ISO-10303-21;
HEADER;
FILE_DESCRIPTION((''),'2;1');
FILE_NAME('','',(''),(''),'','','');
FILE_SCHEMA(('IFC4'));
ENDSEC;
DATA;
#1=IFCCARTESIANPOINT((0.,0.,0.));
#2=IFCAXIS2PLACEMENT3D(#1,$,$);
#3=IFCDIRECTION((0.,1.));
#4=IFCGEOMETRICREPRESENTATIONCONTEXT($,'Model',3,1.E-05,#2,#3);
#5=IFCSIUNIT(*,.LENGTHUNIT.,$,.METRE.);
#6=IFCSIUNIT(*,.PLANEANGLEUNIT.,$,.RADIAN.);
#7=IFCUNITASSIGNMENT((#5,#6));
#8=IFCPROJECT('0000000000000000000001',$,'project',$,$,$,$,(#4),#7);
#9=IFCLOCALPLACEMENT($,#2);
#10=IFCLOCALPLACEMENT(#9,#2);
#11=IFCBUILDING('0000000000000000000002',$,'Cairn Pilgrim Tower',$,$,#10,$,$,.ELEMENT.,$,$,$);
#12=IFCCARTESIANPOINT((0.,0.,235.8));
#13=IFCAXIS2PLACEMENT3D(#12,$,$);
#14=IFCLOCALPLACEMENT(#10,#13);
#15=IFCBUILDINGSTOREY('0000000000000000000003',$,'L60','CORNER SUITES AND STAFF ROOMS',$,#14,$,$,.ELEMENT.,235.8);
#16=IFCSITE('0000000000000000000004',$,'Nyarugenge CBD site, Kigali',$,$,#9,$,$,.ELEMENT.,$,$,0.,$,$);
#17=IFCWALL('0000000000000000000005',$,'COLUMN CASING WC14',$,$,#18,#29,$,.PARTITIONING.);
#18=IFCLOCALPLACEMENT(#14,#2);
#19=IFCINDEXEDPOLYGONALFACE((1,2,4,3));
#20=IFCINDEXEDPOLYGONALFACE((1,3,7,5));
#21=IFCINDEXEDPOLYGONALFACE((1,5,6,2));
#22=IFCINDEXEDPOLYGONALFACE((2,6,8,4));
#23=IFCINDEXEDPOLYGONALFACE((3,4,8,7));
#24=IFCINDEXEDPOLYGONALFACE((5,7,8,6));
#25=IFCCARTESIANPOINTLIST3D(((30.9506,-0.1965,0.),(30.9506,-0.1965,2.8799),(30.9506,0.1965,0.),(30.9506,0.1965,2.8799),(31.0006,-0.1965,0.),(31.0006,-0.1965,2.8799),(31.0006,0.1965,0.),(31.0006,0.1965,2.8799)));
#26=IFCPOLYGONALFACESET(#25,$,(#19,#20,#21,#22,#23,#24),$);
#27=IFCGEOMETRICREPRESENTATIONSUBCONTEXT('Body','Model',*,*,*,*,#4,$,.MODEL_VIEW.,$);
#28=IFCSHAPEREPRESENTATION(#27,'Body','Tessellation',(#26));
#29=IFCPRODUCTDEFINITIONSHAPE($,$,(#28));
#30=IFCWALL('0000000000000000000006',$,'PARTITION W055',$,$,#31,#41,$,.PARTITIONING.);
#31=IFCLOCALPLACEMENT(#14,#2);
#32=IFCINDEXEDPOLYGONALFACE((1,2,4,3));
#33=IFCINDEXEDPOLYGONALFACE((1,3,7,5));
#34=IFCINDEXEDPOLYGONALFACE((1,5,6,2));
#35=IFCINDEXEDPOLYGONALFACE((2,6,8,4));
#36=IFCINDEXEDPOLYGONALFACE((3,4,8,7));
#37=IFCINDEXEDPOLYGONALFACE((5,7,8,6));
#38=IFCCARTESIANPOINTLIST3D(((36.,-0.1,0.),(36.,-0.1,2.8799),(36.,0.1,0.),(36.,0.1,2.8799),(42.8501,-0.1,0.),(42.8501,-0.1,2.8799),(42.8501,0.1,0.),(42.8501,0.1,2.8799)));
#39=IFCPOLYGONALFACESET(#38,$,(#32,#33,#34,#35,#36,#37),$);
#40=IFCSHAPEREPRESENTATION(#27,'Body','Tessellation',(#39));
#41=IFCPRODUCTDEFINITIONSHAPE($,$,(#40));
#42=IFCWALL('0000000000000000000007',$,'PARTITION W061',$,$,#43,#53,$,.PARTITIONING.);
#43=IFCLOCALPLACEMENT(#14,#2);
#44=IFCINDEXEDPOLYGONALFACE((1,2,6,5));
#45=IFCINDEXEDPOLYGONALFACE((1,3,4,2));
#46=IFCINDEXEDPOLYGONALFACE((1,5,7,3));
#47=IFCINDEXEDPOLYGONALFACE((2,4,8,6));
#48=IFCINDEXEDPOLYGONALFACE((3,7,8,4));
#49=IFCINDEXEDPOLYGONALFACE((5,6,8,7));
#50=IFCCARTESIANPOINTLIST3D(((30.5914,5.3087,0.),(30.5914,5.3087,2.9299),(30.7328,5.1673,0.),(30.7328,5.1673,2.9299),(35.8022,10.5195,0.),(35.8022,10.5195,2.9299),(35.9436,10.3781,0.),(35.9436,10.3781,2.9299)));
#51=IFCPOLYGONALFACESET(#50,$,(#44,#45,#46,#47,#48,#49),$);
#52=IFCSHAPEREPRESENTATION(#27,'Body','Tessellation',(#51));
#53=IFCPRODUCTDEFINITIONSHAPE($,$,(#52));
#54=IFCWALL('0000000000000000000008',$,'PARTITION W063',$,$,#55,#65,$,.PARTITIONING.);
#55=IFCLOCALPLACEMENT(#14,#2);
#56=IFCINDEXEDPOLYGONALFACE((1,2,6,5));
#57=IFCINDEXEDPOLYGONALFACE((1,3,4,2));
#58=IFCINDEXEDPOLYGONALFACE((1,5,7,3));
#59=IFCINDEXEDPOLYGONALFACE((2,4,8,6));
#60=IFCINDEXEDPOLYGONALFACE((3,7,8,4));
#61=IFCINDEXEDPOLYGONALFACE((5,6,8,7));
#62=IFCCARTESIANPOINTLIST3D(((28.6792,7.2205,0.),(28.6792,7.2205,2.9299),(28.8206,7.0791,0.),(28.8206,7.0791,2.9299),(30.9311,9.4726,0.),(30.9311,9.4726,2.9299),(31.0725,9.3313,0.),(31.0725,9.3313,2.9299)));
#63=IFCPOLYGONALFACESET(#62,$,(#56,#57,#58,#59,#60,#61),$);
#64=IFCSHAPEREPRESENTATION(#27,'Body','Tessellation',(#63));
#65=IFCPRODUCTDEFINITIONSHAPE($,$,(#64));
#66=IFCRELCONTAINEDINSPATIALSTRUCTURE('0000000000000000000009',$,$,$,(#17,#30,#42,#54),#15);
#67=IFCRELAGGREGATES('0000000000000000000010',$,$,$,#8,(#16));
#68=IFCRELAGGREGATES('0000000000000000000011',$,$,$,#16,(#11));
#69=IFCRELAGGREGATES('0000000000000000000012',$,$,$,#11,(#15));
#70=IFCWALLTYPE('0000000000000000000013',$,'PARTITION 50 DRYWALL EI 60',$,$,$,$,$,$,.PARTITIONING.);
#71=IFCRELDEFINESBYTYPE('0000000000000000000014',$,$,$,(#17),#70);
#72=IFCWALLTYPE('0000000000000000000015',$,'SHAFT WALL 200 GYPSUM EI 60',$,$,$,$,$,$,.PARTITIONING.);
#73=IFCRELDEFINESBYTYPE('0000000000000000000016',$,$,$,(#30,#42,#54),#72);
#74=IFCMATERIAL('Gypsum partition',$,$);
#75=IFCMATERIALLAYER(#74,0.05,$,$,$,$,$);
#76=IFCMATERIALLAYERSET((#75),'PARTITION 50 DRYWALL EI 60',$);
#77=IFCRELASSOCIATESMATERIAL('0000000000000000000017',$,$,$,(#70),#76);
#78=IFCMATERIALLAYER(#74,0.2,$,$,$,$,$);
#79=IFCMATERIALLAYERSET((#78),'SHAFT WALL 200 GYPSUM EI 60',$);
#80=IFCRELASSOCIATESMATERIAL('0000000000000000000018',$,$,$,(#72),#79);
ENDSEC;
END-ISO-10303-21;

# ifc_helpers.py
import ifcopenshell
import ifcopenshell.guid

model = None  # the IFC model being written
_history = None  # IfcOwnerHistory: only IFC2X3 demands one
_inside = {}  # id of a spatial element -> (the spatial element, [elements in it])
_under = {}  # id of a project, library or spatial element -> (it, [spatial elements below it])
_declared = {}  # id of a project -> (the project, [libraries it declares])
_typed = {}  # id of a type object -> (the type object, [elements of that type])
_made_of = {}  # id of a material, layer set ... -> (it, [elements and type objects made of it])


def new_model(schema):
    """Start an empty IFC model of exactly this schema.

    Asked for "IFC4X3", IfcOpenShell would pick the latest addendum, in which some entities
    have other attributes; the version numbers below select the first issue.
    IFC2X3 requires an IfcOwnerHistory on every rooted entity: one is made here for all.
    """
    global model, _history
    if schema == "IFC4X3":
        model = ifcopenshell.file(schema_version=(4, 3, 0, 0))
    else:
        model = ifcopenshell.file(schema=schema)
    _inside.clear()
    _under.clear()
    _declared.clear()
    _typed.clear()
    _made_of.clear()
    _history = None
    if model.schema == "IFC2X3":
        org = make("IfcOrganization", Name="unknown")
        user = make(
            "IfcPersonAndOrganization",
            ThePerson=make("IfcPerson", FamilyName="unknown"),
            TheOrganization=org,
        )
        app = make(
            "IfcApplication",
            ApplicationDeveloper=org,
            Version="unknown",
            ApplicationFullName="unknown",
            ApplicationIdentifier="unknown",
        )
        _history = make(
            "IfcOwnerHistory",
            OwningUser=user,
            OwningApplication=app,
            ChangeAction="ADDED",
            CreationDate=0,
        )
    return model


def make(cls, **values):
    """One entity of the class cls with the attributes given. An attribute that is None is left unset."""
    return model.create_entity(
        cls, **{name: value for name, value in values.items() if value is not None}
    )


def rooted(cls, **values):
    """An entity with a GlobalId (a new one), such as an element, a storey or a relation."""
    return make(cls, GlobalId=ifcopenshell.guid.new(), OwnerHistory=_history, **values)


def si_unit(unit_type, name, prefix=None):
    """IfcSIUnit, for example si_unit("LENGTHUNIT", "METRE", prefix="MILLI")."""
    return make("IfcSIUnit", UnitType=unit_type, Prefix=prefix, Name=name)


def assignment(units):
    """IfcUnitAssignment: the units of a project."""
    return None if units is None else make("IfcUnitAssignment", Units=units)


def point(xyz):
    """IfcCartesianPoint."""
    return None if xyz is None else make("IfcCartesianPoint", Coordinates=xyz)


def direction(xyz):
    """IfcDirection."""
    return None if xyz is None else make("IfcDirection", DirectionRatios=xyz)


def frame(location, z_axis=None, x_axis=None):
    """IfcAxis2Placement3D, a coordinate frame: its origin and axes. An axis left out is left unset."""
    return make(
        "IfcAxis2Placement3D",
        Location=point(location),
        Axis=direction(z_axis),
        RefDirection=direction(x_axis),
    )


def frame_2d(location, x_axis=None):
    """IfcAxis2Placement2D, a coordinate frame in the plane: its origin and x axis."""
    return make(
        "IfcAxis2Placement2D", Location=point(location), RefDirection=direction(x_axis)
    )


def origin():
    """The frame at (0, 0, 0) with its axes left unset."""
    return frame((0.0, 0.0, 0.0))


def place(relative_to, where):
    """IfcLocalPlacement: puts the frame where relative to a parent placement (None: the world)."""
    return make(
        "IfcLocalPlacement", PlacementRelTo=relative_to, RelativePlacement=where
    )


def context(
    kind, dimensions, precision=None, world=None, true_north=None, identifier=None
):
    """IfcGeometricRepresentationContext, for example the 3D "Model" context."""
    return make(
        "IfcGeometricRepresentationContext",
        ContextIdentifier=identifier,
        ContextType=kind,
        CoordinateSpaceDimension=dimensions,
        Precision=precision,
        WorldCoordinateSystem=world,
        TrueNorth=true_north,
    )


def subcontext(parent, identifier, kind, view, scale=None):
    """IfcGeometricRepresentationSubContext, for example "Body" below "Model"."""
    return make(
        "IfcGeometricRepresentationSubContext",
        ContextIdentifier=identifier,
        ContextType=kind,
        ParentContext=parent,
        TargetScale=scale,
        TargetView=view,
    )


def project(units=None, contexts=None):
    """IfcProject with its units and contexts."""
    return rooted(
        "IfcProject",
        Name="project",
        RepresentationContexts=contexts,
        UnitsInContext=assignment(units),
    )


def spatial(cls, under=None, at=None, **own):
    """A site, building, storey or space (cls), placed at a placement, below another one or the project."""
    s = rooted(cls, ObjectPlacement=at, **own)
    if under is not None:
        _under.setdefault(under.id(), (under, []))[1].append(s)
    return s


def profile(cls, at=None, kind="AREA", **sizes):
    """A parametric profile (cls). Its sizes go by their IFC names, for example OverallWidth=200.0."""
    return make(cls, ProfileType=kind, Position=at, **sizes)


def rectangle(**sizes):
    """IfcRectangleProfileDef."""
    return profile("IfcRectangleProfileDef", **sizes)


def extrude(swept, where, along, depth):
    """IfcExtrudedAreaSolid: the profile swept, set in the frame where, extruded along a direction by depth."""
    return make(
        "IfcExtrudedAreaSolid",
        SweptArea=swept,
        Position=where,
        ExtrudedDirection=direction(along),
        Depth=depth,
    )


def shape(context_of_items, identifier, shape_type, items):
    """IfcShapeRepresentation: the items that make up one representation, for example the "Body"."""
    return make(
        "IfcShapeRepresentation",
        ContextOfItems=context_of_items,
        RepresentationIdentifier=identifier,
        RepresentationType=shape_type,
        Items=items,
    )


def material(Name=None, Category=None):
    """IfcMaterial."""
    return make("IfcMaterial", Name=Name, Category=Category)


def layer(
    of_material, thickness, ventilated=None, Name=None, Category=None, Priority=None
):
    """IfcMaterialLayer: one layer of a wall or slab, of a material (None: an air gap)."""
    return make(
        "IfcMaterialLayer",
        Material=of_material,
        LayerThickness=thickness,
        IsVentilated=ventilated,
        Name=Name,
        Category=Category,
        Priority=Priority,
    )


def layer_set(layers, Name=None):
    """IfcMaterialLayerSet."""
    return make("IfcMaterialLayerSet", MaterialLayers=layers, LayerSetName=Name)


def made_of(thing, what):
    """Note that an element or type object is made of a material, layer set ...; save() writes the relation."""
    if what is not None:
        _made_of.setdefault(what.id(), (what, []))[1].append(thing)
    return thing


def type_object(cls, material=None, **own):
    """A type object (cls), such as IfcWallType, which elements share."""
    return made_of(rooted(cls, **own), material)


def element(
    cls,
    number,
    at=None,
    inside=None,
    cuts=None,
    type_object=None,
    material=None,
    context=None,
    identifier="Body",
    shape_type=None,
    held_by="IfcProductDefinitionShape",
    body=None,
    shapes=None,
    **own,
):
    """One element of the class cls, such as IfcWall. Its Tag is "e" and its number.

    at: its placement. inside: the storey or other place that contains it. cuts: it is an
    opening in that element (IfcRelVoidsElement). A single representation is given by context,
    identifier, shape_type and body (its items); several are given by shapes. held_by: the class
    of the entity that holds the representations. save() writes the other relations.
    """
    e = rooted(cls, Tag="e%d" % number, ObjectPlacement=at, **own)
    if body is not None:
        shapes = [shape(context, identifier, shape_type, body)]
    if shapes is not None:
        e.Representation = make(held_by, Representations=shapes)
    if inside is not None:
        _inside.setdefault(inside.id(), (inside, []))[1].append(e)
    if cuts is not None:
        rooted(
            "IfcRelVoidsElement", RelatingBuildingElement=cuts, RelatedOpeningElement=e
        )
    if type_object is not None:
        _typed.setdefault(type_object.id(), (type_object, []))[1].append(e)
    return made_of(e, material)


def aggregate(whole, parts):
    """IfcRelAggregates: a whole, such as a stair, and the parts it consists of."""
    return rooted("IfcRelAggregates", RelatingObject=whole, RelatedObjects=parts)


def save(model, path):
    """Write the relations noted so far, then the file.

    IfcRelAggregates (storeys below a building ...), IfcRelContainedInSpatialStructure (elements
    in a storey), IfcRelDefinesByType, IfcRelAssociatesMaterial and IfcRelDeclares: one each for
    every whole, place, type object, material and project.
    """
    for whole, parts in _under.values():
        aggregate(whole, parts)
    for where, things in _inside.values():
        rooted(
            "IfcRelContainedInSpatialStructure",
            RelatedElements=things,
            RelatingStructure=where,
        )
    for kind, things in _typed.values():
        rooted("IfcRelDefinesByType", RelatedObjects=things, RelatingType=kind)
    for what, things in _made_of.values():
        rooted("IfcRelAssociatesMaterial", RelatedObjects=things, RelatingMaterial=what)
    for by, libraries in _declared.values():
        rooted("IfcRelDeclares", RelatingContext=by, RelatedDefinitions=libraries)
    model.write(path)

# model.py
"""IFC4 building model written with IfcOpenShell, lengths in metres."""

from ifc_helpers import new_model, si_unit, direction, frame, frame_2d, origin, place, context, subcontext, project, spatial, rectangle, extrude, material, layer, layer_set, type_object, element, save


model = new_model("IFC4")

# Units and contexts
model_context = context("Model", 3, precision=1e-05, world=origin(), true_north=direction((0.0, 1.0)))
body_context = subcontext(model_context, "Body", "Model", "MODEL_VIEW")
ifc_project = project(units=[si_unit("LENGTHUNIT", "METRE"), si_unit("PLANEANGLEUNIT", "RADIAN")], contexts=[model_context])

# Site, building, storey
site_placement = place(None, origin())
site = spatial("IfcSite", under=ifc_project, at=site_placement, Name="Nyarugenge CBD site, Kigali", CompositionType="ELEMENT", RefElevation=0.0)
building_placement = place(site_placement, origin())
building = spatial("IfcBuilding", under=site, at=building_placement, Name="Cairn Pilgrim Tower", CompositionType="ELEMENT")
storey_placement = place(building_placement, frame((0.0, 0.0, 235.8)))
storey = spatial("IfcBuildingStorey", under=building, at=storey_placement, Name="L60", Description="CORNER SUITES AND STAFF ROOMS", CompositionType="ELEMENT", Elevation=235.8)

# Shared definitions
ifc_material_1 = material(Name="Gypsum partition")

# Walls
ifc_layer_1 = layer(ifc_material_1, 0.05)
ifc_layer_set_1 = layer_set([ifc_layer_1], Name="PARTITION 50 DRYWALL EI 60")
wall_type_1 = type_object("IfcWallType", Name="PARTITION 50 DRYWALL EI 60", PredefinedType="PARTITIONING", material=ifc_layer_set_1)
wall_1_placement = place(storey_placement, frame((30.9756, -0.1965, 0.0), z_axis=(0.0, 0.0, 1.0), x_axis=(0.0, 1.0, 0.0)))
element("IfcWall", 1, at=wall_1_placement, inside=storey, type_object=wall_type_1, Name="COLUMN CASING WC14", PredefinedType="PARTITIONING", context=body_context, shape_type="SweptSolid", body=[
    extrude(rectangle(XDim=0.3931, YDim=0.05, at=frame_2d((0.1965, 0.0))), origin(), (0.0, 0.0, 1.0), 2.8799),
])
ifc_layer_2 = layer(ifc_material_1, 0.2)
ifc_layer_set_2 = layer_set([ifc_layer_2], Name="SHAFT WALL 200 GYPSUM EI 60")
wall_type_2 = type_object("IfcWallType", Name="SHAFT WALL 200 GYPSUM EI 60", PredefinedType="PARTITIONING", material=ifc_layer_set_2)
wall_2_placement = place(storey_placement, frame((36.0, 0.0, 0.0), z_axis=(0.0, 0.0, 1.0), x_axis=(1.0, 0.0, 0.0)))
element("IfcWall", 2, at=wall_2_placement, inside=storey, type_object=wall_type_2, Name="PARTITION W055", PredefinedType="PARTITIONING", context=body_context, shape_type="SweptSolid", body=[
    extrude(rectangle(XDim=6.8501, YDim=0.2, at=frame_2d((3.425, 0.0))), origin(), (0.0, 0.0, 1.0), 2.8799),
])
wall_3_placement = place(storey_placement, frame((30.6621, 5.238, 0.0), z_axis=(0.0, 0.0, 1.0), x_axis=(0.707107, 0.707107, 0.0)))
element("IfcWall", 3, at=wall_3_placement, inside=storey, type_object=wall_type_2, Name="PARTITION W061", PredefinedType="PARTITIONING", context=body_context, shape_type="SweptSolid", body=[
    extrude(rectangle(XDim=7.3691, YDim=0.2, at=frame_2d((3.6846, 0.0))), origin(), (0.0, 0.0, 1.0), 2.9299),
])
wall_4_placement = place(storey_placement, frame((28.75, 7.1499, 0.0), z_axis=(0.0, 0.0, 1.0), x_axis=(0.707068, 0.707145, 0.0)))
element("IfcWall", 4, at=wall_4_placement, inside=storey, type_object=wall_type_2, Name="PARTITION W063", PredefinedType="PARTITIONING", context=body_context, shape_type="SweptSolid", body=[
    extrude(rectangle(XDim=3.1848, YDim=0.2, at=frame_2d((1.5923, 0.0))), origin(), (0.0, 0.0, 1.0), 2.9299),
])

save(model, "model.ifc")
